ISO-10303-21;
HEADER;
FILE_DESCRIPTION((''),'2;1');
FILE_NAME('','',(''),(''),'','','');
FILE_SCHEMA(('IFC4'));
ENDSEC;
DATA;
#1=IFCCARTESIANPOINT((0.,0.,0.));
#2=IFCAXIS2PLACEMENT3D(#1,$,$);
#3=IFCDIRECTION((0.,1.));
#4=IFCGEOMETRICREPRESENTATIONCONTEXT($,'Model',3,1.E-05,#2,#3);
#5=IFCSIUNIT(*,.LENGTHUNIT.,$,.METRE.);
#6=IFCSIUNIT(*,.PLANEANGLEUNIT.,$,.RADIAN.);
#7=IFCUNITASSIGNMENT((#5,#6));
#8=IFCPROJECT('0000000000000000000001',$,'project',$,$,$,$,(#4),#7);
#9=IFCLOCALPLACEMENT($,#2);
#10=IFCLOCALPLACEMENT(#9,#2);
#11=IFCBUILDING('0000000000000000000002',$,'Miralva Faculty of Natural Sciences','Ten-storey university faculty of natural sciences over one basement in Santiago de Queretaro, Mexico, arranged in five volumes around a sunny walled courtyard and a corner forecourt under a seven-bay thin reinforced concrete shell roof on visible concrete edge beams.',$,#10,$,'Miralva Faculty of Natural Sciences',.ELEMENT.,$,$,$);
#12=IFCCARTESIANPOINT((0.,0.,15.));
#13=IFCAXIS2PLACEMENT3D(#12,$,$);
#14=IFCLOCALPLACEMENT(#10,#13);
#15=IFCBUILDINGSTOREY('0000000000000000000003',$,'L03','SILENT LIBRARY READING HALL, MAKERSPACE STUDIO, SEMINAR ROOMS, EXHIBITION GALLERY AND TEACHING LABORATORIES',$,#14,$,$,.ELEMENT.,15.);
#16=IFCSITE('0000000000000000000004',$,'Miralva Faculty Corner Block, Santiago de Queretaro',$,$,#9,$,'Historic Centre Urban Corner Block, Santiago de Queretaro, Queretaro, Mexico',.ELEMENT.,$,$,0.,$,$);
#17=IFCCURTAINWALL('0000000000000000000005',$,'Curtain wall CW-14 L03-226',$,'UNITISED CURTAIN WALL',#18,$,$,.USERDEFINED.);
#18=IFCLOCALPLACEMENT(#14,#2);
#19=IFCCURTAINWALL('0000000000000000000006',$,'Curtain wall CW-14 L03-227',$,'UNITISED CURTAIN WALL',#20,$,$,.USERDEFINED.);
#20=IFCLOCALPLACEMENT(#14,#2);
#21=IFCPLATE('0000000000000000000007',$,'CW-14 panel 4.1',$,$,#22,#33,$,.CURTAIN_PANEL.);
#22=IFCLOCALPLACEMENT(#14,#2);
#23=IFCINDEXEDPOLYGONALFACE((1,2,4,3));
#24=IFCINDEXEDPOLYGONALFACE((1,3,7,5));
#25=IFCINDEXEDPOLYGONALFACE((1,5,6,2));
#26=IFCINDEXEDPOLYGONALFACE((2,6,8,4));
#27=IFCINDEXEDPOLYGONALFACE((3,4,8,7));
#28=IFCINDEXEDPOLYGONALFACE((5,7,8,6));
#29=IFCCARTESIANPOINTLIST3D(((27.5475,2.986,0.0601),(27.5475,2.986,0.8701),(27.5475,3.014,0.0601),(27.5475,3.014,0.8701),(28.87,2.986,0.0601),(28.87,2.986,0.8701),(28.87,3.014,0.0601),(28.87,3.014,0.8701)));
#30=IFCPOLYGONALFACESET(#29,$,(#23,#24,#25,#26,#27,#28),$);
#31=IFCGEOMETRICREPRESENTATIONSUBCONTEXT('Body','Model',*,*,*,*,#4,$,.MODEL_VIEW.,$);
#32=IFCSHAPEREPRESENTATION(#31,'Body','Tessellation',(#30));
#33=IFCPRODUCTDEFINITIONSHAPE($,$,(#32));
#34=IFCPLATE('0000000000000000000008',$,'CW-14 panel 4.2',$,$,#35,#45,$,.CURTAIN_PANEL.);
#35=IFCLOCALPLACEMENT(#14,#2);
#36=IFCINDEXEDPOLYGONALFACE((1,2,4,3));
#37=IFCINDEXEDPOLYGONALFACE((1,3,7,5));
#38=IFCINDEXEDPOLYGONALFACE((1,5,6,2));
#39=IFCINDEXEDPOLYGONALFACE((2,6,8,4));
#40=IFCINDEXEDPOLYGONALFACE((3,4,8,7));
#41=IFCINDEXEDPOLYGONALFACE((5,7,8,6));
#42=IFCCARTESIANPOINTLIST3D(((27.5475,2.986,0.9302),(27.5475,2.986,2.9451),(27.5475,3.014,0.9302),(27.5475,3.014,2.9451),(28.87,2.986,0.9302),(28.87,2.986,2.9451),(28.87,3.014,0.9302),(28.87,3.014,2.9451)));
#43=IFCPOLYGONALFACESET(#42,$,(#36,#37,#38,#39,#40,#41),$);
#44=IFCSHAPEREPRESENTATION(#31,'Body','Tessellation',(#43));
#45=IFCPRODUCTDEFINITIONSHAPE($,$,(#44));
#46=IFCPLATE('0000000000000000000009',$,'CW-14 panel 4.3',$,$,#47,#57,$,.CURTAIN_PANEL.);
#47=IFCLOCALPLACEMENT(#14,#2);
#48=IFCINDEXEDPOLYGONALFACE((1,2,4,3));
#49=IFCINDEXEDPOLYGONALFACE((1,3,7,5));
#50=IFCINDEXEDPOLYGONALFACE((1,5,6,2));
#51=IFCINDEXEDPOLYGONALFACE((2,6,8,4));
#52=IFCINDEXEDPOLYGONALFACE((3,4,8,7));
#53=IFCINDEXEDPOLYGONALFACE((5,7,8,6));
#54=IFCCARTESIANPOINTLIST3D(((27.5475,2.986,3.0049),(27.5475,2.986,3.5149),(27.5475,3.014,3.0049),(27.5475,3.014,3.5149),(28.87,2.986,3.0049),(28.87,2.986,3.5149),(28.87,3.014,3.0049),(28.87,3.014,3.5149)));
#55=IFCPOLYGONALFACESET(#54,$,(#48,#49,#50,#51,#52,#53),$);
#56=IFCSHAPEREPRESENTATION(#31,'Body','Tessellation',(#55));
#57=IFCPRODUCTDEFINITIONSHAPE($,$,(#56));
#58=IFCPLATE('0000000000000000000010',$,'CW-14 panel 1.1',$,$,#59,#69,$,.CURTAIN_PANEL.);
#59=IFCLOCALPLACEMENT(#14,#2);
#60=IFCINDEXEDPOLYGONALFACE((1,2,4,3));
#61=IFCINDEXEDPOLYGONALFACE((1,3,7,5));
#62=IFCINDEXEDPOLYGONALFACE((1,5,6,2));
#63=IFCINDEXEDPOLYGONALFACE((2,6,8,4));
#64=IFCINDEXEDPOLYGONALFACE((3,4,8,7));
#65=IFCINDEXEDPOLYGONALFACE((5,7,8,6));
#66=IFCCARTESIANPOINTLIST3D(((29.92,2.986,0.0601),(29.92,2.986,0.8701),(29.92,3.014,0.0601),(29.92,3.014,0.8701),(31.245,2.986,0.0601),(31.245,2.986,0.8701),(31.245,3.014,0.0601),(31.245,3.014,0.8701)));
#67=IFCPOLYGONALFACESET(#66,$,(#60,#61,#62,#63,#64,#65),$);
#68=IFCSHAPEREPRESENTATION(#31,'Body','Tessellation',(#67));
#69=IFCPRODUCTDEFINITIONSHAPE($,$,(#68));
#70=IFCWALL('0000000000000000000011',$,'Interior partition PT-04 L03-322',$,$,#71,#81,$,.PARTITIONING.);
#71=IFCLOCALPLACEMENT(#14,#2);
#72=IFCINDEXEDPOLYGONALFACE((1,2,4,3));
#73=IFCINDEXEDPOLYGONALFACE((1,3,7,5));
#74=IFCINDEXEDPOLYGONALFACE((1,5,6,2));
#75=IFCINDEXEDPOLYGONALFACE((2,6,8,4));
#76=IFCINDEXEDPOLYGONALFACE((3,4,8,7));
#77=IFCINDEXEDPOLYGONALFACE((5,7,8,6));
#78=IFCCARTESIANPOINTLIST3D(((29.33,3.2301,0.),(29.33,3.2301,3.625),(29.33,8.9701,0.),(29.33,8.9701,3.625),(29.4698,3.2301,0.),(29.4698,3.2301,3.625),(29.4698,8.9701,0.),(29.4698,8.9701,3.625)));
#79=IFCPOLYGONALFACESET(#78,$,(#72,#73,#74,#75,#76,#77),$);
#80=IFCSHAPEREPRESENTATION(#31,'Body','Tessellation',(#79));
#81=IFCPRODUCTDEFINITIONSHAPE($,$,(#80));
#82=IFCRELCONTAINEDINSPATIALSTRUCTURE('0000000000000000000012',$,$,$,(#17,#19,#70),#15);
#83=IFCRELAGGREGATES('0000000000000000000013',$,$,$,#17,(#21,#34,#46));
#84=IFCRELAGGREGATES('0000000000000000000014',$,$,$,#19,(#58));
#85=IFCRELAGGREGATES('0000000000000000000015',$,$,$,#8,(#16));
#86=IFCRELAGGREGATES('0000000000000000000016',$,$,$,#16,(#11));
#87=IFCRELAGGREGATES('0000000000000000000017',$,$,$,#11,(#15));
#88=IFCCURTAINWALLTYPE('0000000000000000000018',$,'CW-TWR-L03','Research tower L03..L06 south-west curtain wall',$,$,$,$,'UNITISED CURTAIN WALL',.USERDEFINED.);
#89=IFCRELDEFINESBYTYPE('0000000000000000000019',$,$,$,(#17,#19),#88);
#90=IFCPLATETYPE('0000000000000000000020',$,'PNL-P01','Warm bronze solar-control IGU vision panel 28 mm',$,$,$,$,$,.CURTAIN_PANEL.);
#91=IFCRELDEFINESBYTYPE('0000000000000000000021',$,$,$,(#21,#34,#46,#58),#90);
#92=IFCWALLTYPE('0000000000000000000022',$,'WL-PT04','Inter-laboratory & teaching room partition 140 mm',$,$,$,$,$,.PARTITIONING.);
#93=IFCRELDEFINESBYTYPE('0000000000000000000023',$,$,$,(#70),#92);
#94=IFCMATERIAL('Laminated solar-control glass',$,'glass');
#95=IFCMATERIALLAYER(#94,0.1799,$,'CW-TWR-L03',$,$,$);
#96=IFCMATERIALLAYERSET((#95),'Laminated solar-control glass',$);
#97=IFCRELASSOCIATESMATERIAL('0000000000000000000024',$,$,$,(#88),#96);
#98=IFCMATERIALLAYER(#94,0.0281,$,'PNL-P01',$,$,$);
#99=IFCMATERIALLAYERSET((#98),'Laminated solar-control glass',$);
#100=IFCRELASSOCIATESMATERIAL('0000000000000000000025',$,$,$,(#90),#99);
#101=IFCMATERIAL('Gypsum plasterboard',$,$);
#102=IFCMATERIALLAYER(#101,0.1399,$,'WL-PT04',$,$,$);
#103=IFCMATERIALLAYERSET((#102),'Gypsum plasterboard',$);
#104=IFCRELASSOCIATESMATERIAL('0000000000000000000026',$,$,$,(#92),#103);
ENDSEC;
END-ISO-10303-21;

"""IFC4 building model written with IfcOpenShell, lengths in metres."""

from ifc_helpers import new_model, si_unit, direction, frame, frame_2d, origin, origin_2d, place, context, subcontext, project, spatial, rectangle, extrude, material, layer, layer_set, type_object, element, aggregate, save


model = new_model("IFC4")

# Units and contexts
model_context = context("Model", 3, precision=1e-05, world=origin(), true_north=direction((0.0, 1.0)))
body_context = subcontext(model_context, "Body", "Model", "MODEL_VIEW")
ifc_project = project(units=[si_unit("LENGTHUNIT", "METRE"), si_unit("PLANEANGLEUNIT", "RADIAN")], contexts=[model_context])

# Site, building, storey
site_placement = place(None, origin())
site = spatial("IfcSite", under=ifc_project, at=site_placement, Name="Miralva Faculty Corner Block, Santiago de Queretaro", LongName="Historic Centre Urban Corner Block, Santiago de Queretaro, Queretaro, Mexico", CompositionType="ELEMENT", RefElevation=0.0)
building_placement = place(site_placement, origin())
building = spatial("IfcBuilding", under=site, at=building_placement, Name="Miralva Faculty of Natural Sciences", Description="Ten-storey university faculty of natural sciences over one basement in Santiago de Queretaro, Mexico, arranged in five volumes around a sunny walled courtyard and a corner forecourt under a seven-bay thin reinforced concrete shell roof on visible concrete edge beams.", LongName="Miralva Faculty of Natural Sciences", CompositionType="ELEMENT")
storey_placement = place(building_placement, frame((0.0, 0.0, 15.0)))
storey = spatial("IfcBuildingStorey", under=building, at=storey_placement, Name="L03", Description="SILENT LIBRARY READING HALL, MAKERSPACE STUDIO, SEMINAR ROOMS, EXHIBITION GALLERY AND TEACHING LABORATORIES", CompositionType="ELEMENT", Elevation=15.0)

# Curtain walls
ifc_material_1 = material(Name="Laminated solar-control glass", Category="glass")
ifc_layer_1 = layer(ifc_material_1, 0.1799, Name="CW-TWR-L03")
ifc_layer_set_1 = layer_set([ifc_layer_1], Name="Laminated solar-control glass")
curtain_wall_type = type_object("IfcCurtainWallType", Name="CW-TWR-L03", Description="Research tower L03..L06 south-west curtain wall", ElementType="UNITISED CURTAIN WALL", PredefinedType="USERDEFINED", material=ifc_layer_set_1)
curtain_wall_1_placement = place(storey_placement, origin())
curtain_wall_1 = element("IfcCurtainWall", 1, at=curtain_wall_1_placement, inside=storey, type_object=curtain_wall_type, Name="Curtain wall CW-14 L03-226", ObjectType="UNITISED CURTAIN WALL", PredefinedType="USERDEFINED")
curtain_wall_2_placement = place(storey_placement, origin())
curtain_wall_2 = element("IfcCurtainWall", 2, at=curtain_wall_2_placement, inside=storey, type_object=curtain_wall_type, Name="Curtain wall CW-14 L03-227", ObjectType="UNITISED CURTAIN WALL", PredefinedType="USERDEFINED")

# Plates
ifc_layer_2 = layer(ifc_material_1, 0.0281, Name="PNL-P01")
ifc_layer_set_2 = layer_set([ifc_layer_2], Name="Laminated solar-control glass")
plate_type = type_object("IfcPlateType", Name="PNL-P01", Description="Warm bronze solar-control IGU vision panel 28 mm", PredefinedType="CURTAIN_PANEL", material=ifc_layer_set_2)
plate_1_placement = place(storey_placement, frame((28.2087, 3.0, 0.0601), z_axis=(0.0, 0.0, 1.0), x_axis=(1.0, 0.0, 0.0)))
plate_1 = element("IfcPlate", 3, at=plate_1_placement, type_object=plate_type, Name="CW-14 panel 4.1", PredefinedType="CURTAIN_PANEL", context=body_context, shape_type="SweptSolid", body=[
    extrude(rectangle(XDim=1.3225, YDim=0.0281, at=origin_2d()), origin(), (0.0, 0.0, 1.0), 0.8101),
])
plate_2_placement = place(storey_placement, frame((28.2087, 3.0, 0.9302), z_axis=(0.0, 0.0, 1.0), x_axis=(1.0, 0.0, 0.0)))
plate_2 = element("IfcPlate", 4, at=plate_2_placement, type_object=plate_type, Name="CW-14 panel 4.2", PredefinedType="CURTAIN_PANEL", context=body_context, shape_type="SweptSolid", body=[
    extrude(rectangle(XDim=1.3225, YDim=0.0281, at=origin_2d()), origin(), (0.0, 0.0, 1.0), 2.0149),
])
plate_3_placement = place(storey_placement, frame((28.2087, 3.0, 3.0049), z_axis=(0.0, 0.0, 1.0), x_axis=(1.0, 0.0, 0.0)))
plate_3 = element("IfcPlate", 5, at=plate_3_placement, type_object=plate_type, Name="CW-14 panel 4.3", PredefinedType="CURTAIN_PANEL", context=body_context, shape_type="SweptSolid", body=[
    extrude(rectangle(XDim=1.3225, YDim=0.0281, at=origin_2d()), origin(), (0.0, 0.0, 1.0), 0.51),
])
aggregate(curtain_wall_1, [plate_1, plate_2, plate_3])
plate_4_placement = place(storey_placement, frame((30.5825, 3.0, 0.0601), z_axis=(0.0, 0.0, 1.0), x_axis=(1.0, 0.0, 0.0)))
plate_4 = element("IfcPlate", 6, at=plate_4_placement, type_object=plate_type, Name="CW-14 panel 1.1", PredefinedType="CURTAIN_PANEL", context=body_context, shape_type="SweptSolid", body=[
    extrude(rectangle(XDim=1.325, YDim=0.0281, at=origin_2d()), origin(), (0.0, 0.0, 1.0), 0.8101),
])
aggregate(curtain_wall_2, [plate_4])

# Wall
ifc_material_2 = material(Name="Gypsum plasterboard")
ifc_layer_3 = layer(ifc_material_2, 0.1399, Name="WL-PT04")
ifc_layer_set_3 = layer_set([ifc_layer_3], Name="Gypsum plasterboard")
wall_type = type_object("IfcWallType", Name="WL-PT04", Description="Inter-laboratory & teaching room partition 140 mm", PredefinedType="PARTITIONING", material=ifc_layer_set_3)
wall_placement = place(storey_placement, frame((29.3999, 3.23, 0.0), z_axis=(0.0, 0.0, 1.0), x_axis=(0.0, 1.0, 0.0)))
element("IfcWall", 7, at=wall_placement, inside=storey, type_object=wall_type, Name="Interior partition PT-04 L03-322", PredefinedType="PARTITIONING", context=body_context, shape_type="SweptSolid", body=[
    extrude(rectangle(XDim=5.74, YDim=0.1399, at=frame_2d((2.8701, 0.0))), origin(), (0.0, 0.0, 1.0), 3.625),
])

save(model, "model.ifc")
